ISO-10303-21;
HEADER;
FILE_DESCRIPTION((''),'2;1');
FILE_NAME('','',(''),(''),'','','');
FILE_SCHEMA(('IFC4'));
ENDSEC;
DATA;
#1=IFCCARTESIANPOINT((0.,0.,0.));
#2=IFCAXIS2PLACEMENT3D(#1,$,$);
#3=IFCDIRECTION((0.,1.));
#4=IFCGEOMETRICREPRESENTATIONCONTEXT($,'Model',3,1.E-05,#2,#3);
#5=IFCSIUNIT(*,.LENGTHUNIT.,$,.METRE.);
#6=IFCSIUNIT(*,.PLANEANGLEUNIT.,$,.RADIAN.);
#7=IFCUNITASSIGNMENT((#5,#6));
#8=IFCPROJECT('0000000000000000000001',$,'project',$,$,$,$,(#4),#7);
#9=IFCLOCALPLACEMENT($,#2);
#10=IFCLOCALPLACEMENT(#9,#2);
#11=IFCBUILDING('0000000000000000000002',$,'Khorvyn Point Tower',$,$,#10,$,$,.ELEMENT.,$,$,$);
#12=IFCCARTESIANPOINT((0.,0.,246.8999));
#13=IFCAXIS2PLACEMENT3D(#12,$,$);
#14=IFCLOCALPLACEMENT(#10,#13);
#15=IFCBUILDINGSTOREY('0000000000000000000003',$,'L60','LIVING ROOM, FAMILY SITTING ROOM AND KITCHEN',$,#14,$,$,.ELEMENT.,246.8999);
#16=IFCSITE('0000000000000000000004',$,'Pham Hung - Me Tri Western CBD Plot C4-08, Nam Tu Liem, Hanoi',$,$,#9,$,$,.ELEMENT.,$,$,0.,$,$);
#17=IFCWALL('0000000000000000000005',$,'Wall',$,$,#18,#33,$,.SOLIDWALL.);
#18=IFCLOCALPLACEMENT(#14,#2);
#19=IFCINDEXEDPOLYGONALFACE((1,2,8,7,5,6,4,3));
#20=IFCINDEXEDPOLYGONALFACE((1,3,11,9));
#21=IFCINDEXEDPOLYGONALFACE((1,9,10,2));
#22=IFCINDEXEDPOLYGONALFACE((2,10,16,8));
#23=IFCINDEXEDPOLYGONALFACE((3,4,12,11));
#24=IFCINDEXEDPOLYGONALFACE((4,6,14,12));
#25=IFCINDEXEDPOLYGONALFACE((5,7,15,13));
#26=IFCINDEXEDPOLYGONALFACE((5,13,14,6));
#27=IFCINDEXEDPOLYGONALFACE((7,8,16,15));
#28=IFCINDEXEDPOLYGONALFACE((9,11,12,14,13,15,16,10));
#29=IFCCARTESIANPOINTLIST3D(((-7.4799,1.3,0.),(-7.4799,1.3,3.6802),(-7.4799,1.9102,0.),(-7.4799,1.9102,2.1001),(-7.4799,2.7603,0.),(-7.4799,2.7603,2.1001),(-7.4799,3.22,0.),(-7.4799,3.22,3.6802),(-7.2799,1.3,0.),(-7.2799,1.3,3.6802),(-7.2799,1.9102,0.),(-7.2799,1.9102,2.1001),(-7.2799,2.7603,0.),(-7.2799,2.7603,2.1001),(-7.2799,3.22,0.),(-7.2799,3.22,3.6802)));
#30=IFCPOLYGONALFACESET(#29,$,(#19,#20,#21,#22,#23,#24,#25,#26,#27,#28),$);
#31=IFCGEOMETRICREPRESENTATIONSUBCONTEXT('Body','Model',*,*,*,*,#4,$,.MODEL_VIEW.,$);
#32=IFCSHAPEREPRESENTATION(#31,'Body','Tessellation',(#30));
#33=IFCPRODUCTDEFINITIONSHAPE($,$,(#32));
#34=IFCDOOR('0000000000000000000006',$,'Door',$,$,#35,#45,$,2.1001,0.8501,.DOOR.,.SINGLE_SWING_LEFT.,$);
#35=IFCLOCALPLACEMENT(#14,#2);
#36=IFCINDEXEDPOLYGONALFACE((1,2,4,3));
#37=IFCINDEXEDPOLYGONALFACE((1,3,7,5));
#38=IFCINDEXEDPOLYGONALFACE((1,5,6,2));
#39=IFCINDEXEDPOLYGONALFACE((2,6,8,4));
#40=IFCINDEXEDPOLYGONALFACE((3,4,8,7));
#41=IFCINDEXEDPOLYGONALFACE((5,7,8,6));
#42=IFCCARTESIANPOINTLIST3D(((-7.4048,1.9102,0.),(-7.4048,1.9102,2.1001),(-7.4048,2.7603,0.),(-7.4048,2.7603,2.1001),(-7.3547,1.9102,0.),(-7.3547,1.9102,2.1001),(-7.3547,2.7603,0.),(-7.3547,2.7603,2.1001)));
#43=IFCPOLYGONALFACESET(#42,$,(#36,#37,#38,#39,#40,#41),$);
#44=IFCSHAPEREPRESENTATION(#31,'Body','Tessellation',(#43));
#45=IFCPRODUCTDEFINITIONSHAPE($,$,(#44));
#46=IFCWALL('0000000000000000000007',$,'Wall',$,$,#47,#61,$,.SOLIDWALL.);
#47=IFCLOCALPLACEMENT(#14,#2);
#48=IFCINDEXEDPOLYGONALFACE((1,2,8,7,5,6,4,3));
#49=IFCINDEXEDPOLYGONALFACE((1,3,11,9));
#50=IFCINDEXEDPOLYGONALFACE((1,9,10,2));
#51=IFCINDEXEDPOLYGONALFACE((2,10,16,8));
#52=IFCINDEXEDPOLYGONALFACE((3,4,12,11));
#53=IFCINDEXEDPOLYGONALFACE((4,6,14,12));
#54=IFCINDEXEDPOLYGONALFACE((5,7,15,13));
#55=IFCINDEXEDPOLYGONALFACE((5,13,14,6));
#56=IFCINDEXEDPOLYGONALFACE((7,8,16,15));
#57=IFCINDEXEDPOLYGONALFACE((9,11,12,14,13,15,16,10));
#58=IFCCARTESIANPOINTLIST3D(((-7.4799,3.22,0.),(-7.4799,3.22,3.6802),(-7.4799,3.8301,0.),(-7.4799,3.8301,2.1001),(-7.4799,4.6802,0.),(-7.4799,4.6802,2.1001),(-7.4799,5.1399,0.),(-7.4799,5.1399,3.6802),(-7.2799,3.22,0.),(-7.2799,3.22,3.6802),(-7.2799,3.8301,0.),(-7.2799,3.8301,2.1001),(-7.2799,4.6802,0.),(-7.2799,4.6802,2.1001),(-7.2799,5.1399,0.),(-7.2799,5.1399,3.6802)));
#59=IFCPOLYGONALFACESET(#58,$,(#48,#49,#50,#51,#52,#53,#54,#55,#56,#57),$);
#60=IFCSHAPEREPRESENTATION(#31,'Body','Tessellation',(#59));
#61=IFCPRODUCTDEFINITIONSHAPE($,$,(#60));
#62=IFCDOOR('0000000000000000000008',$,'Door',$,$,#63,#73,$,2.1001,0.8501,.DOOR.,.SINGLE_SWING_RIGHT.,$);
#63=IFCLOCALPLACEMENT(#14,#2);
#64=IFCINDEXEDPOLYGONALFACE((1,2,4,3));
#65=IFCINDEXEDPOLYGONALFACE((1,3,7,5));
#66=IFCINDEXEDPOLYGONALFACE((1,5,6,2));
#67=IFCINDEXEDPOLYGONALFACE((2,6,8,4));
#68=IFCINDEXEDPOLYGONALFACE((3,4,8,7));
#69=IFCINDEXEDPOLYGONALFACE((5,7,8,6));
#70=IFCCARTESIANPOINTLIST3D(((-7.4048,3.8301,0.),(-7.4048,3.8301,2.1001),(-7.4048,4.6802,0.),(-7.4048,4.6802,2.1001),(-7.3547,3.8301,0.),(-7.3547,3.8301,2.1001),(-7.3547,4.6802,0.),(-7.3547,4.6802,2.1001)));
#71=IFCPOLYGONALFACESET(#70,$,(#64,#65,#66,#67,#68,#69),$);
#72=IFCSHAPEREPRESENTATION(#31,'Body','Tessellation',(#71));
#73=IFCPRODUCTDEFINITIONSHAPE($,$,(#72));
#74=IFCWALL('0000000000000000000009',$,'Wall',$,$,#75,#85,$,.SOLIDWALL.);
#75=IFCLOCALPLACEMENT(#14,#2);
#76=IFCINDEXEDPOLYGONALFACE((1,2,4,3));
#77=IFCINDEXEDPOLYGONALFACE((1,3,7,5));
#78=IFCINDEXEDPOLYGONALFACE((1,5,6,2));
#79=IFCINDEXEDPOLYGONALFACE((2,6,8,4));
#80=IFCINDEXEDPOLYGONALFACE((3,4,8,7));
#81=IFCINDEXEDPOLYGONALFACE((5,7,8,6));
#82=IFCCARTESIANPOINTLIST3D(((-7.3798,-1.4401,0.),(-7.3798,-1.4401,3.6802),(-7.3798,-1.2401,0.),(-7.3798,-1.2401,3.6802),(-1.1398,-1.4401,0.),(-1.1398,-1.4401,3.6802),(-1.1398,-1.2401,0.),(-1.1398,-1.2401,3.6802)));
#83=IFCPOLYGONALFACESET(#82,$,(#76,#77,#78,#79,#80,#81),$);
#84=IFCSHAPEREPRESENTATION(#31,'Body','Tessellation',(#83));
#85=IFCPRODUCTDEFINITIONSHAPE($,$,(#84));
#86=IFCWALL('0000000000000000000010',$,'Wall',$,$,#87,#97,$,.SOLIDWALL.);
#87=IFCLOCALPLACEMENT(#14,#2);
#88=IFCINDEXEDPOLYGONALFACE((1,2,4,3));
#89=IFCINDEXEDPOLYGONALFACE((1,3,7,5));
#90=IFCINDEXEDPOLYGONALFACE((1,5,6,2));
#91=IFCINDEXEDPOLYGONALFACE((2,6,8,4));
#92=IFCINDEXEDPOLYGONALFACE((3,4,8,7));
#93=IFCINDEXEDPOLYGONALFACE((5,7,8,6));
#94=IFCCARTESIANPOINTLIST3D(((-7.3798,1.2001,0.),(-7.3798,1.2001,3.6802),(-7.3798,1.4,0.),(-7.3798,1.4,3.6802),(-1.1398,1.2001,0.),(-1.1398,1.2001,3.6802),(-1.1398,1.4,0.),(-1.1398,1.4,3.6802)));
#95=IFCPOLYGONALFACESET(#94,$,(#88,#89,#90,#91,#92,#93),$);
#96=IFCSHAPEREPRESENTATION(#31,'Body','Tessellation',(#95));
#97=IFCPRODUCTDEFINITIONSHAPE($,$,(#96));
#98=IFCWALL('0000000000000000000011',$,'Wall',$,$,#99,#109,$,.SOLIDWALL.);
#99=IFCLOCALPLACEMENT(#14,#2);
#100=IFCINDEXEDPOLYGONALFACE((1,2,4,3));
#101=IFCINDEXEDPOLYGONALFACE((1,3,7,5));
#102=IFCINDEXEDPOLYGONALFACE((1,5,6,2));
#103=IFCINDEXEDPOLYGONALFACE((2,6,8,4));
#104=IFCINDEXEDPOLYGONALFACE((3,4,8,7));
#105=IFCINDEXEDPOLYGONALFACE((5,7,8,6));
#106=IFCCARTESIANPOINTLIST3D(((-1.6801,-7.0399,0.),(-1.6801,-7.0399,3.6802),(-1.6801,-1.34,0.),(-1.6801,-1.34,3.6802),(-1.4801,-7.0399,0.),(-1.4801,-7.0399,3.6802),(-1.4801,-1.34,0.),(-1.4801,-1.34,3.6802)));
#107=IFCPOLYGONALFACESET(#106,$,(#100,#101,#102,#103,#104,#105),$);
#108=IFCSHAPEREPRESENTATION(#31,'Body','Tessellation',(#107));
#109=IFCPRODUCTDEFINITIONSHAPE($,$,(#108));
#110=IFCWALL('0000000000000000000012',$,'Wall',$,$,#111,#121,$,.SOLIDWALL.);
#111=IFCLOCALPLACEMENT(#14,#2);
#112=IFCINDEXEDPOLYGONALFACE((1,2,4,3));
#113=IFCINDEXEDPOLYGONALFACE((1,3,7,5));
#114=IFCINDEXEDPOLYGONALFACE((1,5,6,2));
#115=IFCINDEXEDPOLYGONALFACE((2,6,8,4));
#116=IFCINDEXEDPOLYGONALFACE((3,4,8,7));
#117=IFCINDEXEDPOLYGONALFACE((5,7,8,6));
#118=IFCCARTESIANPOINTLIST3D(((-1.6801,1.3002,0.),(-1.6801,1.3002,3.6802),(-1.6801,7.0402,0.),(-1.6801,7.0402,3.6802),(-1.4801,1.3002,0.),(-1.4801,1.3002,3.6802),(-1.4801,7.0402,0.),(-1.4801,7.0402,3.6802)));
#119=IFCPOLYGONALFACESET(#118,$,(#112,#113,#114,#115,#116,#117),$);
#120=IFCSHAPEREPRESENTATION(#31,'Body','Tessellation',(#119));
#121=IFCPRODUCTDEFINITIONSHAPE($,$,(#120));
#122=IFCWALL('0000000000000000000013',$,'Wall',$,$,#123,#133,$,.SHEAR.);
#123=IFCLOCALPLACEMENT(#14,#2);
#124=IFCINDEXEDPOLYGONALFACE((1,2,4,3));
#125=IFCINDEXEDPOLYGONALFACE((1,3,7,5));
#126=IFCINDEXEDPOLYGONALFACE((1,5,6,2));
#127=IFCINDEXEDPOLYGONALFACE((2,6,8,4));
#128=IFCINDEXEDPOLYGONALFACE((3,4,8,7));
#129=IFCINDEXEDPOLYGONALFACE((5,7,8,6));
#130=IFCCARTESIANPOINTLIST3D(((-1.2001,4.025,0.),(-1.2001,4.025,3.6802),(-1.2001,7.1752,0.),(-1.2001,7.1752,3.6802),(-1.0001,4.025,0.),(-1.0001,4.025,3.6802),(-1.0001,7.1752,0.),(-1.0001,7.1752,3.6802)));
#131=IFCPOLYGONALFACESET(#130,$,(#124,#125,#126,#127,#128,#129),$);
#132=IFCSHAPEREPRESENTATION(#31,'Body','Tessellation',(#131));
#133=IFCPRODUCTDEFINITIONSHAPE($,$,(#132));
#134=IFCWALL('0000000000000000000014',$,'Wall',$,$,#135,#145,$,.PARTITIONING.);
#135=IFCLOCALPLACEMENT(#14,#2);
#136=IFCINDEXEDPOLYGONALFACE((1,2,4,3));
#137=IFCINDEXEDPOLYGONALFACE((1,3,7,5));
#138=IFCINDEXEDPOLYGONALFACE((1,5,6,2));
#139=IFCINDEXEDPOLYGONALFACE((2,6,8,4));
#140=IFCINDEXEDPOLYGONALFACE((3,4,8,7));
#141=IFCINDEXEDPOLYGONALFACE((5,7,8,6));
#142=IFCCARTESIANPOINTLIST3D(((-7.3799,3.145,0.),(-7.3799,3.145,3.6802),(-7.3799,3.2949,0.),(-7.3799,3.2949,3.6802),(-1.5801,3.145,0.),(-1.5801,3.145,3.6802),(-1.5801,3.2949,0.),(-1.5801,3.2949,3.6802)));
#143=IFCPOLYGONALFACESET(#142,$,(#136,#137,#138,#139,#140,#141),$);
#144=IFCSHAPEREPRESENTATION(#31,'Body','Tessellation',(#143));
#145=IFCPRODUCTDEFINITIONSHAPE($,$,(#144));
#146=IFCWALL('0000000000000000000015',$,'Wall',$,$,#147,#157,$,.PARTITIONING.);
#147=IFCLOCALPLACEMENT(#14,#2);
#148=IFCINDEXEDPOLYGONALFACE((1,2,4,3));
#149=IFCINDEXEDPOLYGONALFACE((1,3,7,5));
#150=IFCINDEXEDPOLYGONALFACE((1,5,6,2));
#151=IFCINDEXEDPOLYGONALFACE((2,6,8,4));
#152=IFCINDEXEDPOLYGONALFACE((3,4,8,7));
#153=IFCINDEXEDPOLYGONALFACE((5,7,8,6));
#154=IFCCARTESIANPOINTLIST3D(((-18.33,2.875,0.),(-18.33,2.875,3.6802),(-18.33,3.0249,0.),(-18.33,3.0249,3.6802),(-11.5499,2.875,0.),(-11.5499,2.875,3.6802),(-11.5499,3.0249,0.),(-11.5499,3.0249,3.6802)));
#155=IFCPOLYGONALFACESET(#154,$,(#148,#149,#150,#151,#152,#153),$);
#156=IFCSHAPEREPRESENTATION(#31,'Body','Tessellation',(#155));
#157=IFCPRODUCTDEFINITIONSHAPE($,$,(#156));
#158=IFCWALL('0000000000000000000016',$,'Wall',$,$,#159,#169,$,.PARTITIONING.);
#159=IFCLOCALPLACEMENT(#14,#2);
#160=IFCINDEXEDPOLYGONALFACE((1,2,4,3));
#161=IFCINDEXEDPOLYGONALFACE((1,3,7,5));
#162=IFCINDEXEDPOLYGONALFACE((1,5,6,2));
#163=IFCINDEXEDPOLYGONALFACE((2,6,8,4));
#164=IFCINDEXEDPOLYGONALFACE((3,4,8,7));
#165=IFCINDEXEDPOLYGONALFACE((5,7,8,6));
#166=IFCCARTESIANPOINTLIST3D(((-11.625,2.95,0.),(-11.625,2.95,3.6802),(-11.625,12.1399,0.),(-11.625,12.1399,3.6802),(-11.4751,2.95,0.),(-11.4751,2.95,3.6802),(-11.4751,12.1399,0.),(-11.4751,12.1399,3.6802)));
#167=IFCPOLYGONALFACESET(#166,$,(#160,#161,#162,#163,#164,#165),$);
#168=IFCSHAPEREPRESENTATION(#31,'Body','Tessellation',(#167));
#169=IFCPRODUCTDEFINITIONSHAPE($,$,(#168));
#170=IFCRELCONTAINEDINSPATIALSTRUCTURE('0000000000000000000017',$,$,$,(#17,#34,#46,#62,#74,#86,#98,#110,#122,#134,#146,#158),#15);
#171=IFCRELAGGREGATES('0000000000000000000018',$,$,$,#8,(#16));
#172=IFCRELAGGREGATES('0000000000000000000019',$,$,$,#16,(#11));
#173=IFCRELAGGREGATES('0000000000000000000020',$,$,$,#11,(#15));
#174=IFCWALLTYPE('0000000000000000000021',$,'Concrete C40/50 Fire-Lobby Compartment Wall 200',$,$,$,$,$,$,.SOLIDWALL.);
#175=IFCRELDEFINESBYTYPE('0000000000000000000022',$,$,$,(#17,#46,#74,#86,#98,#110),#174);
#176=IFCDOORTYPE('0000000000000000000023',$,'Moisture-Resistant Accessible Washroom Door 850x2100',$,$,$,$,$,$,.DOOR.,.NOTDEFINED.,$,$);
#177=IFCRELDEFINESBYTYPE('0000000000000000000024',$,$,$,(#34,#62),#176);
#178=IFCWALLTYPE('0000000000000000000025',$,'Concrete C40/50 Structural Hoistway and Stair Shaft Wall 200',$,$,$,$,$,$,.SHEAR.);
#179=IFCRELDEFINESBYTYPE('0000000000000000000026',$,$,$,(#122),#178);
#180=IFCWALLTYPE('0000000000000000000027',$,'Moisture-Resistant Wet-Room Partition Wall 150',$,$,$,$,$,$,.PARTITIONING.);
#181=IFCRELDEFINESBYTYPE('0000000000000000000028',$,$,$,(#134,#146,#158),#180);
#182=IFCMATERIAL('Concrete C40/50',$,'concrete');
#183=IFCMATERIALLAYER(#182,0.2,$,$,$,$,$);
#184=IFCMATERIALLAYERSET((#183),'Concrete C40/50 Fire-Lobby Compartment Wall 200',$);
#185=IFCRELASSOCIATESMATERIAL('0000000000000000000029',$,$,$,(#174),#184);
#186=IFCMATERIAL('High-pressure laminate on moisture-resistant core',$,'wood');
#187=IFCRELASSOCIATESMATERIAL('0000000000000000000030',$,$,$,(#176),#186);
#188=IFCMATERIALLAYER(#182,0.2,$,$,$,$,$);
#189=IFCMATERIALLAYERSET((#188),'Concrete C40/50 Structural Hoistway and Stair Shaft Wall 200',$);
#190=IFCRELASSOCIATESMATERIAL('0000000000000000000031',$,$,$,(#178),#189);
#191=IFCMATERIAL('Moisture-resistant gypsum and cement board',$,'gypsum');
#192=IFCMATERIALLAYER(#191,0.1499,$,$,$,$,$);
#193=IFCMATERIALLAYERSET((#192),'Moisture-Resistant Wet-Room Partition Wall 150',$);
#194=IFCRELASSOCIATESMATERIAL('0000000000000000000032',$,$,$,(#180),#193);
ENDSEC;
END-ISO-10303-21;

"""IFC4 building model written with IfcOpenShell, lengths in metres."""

from ifc_helpers import new_model, si_unit, direction, frame, frame_2d, origin, place, context, subcontext, project, spatial, rectangle, extrude, material, layer, layer_set, type_object, element, fill, save


model = new_model("IFC4")

# Units and contexts
model_context = context("Model", 3, precision=1e-05, world=origin(), true_north=direction((0.0, 1.0)))
body_context = subcontext(model_context, "Body", "Model", "MODEL_VIEW")
ifc_project = project(units=[si_unit("LENGTHUNIT", "METRE"), si_unit("PLANEANGLEUNIT", "RADIAN")], contexts=[model_context])

# Site, building, storey
site_placement = place(None, origin())
site = spatial("IfcSite", under=ifc_project, at=site_placement, Name="Pham Hung - Me Tri Western CBD Plot C4-08, Nam Tu Liem, Hanoi", CompositionType="ELEMENT", RefElevation=0.0)
building_placement = place(site_placement, origin())
building = spatial("IfcBuilding", under=site, at=building_placement, Name="Khorvyn Point Tower", CompositionType="ELEMENT")
storey_placement = place(building_placement, frame((0.0, 0.0, 246.8999)))
storey = spatial("IfcBuildingStorey", under=building, at=storey_placement, Name="L60", Description="LIVING ROOM, FAMILY SITTING ROOM AND KITCHEN", CompositionType="ELEMENT", Elevation=246.8999)

# Shared definitions
ifc_material_1 = material(Name="Concrete C40/50", Category="concrete")

# Walls, openings, doors
ifc_layer_1 = layer(ifc_material_1, 0.2)
ifc_layer_set_1 = layer_set([ifc_layer_1], Name="Concrete C40/50 Fire-Lobby Compartment Wall 200")
wall_type_1 = type_object("IfcWallType", Name="Concrete C40/50 Fire-Lobby Compartment Wall 200", PredefinedType="SOLIDWALL", material=ifc_layer_set_1)
wall_1_placement = place(storey_placement, frame((-7.3799, 1.3, 0.0), z_axis=(0.0, 0.0, 1.0), x_axis=(0.0, 1.0, 0.0)))
wall_1 = element("IfcWall", 1, at=wall_1_placement, inside=storey, type_object=wall_type_1, Name="Wall", PredefinedType="SOLIDWALL", context=body_context, shape_type="SweptSolid", body=[
    extrude(rectangle(XDim=1.9199, YDim=0.2, at=frame_2d((0.96, 0.0))), origin(), (0.0, 0.0, 1.0), 3.6802),
])
opening_1_placement = place(wall_1_placement, frame((0.6101, 0.0, 0.0)))
opening_1 = element("IfcOpeningElement", 2, at=opening_1_placement, cuts=wall_1, PredefinedType="OPENING", context=body_context, shape_type="SweptSolid", body=[
    extrude(rectangle(XDim=0.8501, YDim=2.1001, at=frame_2d((0.425, 1.05))), frame((0.0, 0.1099, 0.0), z_axis=(0.0, -1.0, 0.0), x_axis=(1.0, 0.0, 0.0)), (0.0, 0.0, 1.0), 0.22),
])
ifc_material_2 = material(Name="High-pressure laminate on moisture-resistant core", Category="wood")
door_type_1 = type_object("IfcDoorType", Name="Moisture-Resistant Accessible Washroom Door 850x2100", OperationType="NOTDEFINED", PredefinedType="DOOR", material=ifc_material_2)
door_1_placement = place(opening_1_placement, origin())
door_1 = element("IfcDoor", 3, at=door_1_placement, inside=storey, type_object=door_type_1, Name="Door", OperationType="SINGLE_SWING_LEFT", OverallHeight=2.1001, OverallWidth=0.8501, PredefinedType="DOOR", context=body_context, shape_type="SweptSolid", body=[
    extrude(rectangle(XDim=0.8501, YDim=2.1001, at=frame_2d((0.425, 1.05))), frame((0.0, 0.0249, 0.0), z_axis=(0.0, -1.0, 0.0), x_axis=(1.0, 0.0, 0.0)), (0.0, 0.0, 1.0), 0.05),
])
fill(opening_1, door_1)
wall_2_placement = place(storey_placement, frame((-7.3799, 3.22, 0.0), z_axis=(0.0, 0.0, 1.0), x_axis=(0.0, 1.0, 0.0)))
wall_2 = element("IfcWall", 4, at=wall_2_placement, inside=storey, type_object=wall_type_1, Name="Wall", PredefinedType="SOLIDWALL", context=body_context, shape_type="SweptSolid", body=[
    extrude(rectangle(XDim=1.9199, YDim=0.2, at=frame_2d((0.96, 0.0))), origin(), (0.0, 0.0, 1.0), 3.6802),
])
opening_2_placement = place(wall_2_placement, frame((0.6101, 0.0, 0.0)))
opening_2 = element("IfcOpeningElement", 5, at=opening_2_placement, cuts=wall_2, PredefinedType="OPENING", context=body_context, shape_type="SweptSolid", body=[
    extrude(rectangle(XDim=0.8501, YDim=2.1001, at=frame_2d((0.425, 1.05))), frame((0.0, 0.1099, 0.0), z_axis=(0.0, -1.0, 0.0), x_axis=(1.0, 0.0, 0.0)), (0.0, 0.0, 1.0), 0.22),
])
door_2_placement = place(opening_2_placement, origin())
door_2 = element("IfcDoor", 6, at=door_2_placement, inside=storey, type_object=door_type_1, Name="Door", OperationType="SINGLE_SWING_RIGHT", OverallHeight=2.1001, OverallWidth=0.8501, PredefinedType="DOOR", context=body_context, shape_type="SweptSolid", body=[
    extrude(rectangle(XDim=0.8501, YDim=2.1001, at=frame_2d((0.425, 1.05))), frame((0.0, 0.0249, 0.0), z_axis=(0.0, -1.0, 0.0), x_axis=(1.0, 0.0, 0.0)), (0.0, 0.0, 1.0), 0.05),
])
fill(opening_2, door_2)

# Walls
for number, where, z_axis, x_axis, name in (
    (7, (-7.3799, -1.3401, 0.0), (0.0, 0.0, 1.0), (1.0, 0.0, 0.0), "Wall"),
    (8, (-7.3799, 1.3, 0.0), (0.0, 0.0, 1.0), (1.0, 0.0, 0.0), "Wall"),
):
    element("IfcWall", number, at=place(storey_placement, frame(where, z_axis=z_axis, x_axis=x_axis)), inside=storey, type_object=wall_type_1, Name=name, PredefinedType="SOLIDWALL", context=body_context, shape_type="SweptSolid", body=[
        extrude(rectangle(XDim=6.24, YDim=0.2, at=frame_2d((3.1201, 0.0))), origin(), (0.0, 0.0, 1.0), 3.6802),
    ])
wall_3_placement = place(storey_placement, frame((-1.5801, -7.04, 0.0), z_axis=(0.0, 0.0, 1.0), x_axis=(0.0, 1.0, 0.0)))
element("IfcWall", 9, at=wall_3_placement, inside=storey, type_object=wall_type_1, Name="Wall", PredefinedType="SOLIDWALL", context=body_context, shape_type="SweptSolid", body=[
    extrude(rectangle(XDim=5.7, YDim=0.2, at=frame_2d((2.8501, 0.0))), origin(), (0.0, 0.0, 1.0), 3.6802),
])
wall_4_placement = place(storey_placement, frame((-1.5801, 1.3, 0.0), z_axis=(0.0, 0.0, 1.0), x_axis=(0.0, 1.0, 0.0)))
element("IfcWall", 10, at=wall_4_placement, inside=storey, type_object=wall_type_1, Name="Wall", PredefinedType="SOLIDWALL", context=body_context, shape_type="SweptSolid", body=[
    extrude(rectangle(XDim=5.74, YDim=0.2, at=frame_2d((2.8701, 0.0))), origin(), (0.0, 0.0, 1.0), 3.6802),
])
ifc_layer_2 = layer(ifc_material_1, 0.2)
ifc_layer_set_2 = layer_set([ifc_layer_2], Name="Concrete C40/50 Structural Hoistway and Stair Shaft Wall 200")
wall_type_2 = type_object("IfcWallType", Name="Concrete C40/50 Structural Hoistway and Stair Shaft Wall 200", PredefinedType="SHEAR", material=ifc_layer_set_2)
wall_5_placement = place(storey_placement, frame((-1.1001, 4.0249, 0.0), z_axis=(0.0, 0.0, 1.0), x_axis=(0.0, 1.0, 0.0)))
element("IfcWall", 11, at=wall_5_placement, inside=storey, type_object=wall_type_2, Name="Wall", PredefinedType="SHEAR", context=body_context, shape_type="SweptSolid", body=[
    extrude(rectangle(XDim=3.1501, YDim=0.2, at=frame_2d((1.5752, 0.0))), origin(), (0.0, 0.0, 1.0), 3.6802),
])
ifc_material_3 = material(Name="Moisture-resistant gypsum and cement board", Category="gypsum")
ifc_layer_3 = layer(ifc_material_3, 0.1499)
ifc_layer_set_3 = layer_set([ifc_layer_3], Name="Moisture-Resistant Wet-Room Partition Wall 150")
wall_type_3 = type_object("IfcWallType", Name="Moisture-Resistant Wet-Room Partition Wall 150", PredefinedType="PARTITIONING", material=ifc_layer_set_3)
wall_6_placement = place(storey_placement, frame((-7.3799, 3.22, 0.0), z_axis=(0.0, 0.0, 1.0), x_axis=(1.0, 0.0, 0.0)))
element("IfcWall", 12, at=wall_6_placement, inside=storey, type_object=wall_type_3, Name="Wall", PredefinedType="PARTITIONING", context=body_context, shape_type="SweptSolid", body=[
    extrude(rectangle(XDim=5.7998, YDim=0.1499, at=frame_2d((2.8999, 0.0))), origin(), (0.0, 0.0, 1.0), 3.6802),
])
wall_7_placement = place(storey_placement, frame((-18.3301, 2.95, 0.0), z_axis=(0.0, 0.0, 1.0), x_axis=(1.0, 0.0, 0.0)))
element("IfcWall", 13, at=wall_7_placement, inside=storey, type_object=wall_type_3, Name="Wall", PredefinedType="PARTITIONING", context=body_context, shape_type="SweptSolid", body=[
    extrude(rectangle(XDim=6.78, YDim=0.1499, at=frame_2d((3.3901, 0.0))), origin(), (0.0, 0.0, 1.0), 3.6802),
])
wall_8_placement = place(storey_placement, frame((-11.55, 2.95, 0.0), z_axis=(0.0, 0.0, 1.0), x_axis=(0.0, 1.0, 0.0)))
element("IfcWall", 14, at=wall_8_placement, inside=storey, type_object=wall_type_3, Name="Wall", PredefinedType="PARTITIONING", context=body_context, shape_type="SweptSolid", body=[
    extrude(rectangle(XDim=9.1899, YDim=0.1499, at=frame_2d((4.595, 0.0))), origin(), (0.0, 0.0, 1.0), 3.6802),
])

save(model, "model.ifc")
